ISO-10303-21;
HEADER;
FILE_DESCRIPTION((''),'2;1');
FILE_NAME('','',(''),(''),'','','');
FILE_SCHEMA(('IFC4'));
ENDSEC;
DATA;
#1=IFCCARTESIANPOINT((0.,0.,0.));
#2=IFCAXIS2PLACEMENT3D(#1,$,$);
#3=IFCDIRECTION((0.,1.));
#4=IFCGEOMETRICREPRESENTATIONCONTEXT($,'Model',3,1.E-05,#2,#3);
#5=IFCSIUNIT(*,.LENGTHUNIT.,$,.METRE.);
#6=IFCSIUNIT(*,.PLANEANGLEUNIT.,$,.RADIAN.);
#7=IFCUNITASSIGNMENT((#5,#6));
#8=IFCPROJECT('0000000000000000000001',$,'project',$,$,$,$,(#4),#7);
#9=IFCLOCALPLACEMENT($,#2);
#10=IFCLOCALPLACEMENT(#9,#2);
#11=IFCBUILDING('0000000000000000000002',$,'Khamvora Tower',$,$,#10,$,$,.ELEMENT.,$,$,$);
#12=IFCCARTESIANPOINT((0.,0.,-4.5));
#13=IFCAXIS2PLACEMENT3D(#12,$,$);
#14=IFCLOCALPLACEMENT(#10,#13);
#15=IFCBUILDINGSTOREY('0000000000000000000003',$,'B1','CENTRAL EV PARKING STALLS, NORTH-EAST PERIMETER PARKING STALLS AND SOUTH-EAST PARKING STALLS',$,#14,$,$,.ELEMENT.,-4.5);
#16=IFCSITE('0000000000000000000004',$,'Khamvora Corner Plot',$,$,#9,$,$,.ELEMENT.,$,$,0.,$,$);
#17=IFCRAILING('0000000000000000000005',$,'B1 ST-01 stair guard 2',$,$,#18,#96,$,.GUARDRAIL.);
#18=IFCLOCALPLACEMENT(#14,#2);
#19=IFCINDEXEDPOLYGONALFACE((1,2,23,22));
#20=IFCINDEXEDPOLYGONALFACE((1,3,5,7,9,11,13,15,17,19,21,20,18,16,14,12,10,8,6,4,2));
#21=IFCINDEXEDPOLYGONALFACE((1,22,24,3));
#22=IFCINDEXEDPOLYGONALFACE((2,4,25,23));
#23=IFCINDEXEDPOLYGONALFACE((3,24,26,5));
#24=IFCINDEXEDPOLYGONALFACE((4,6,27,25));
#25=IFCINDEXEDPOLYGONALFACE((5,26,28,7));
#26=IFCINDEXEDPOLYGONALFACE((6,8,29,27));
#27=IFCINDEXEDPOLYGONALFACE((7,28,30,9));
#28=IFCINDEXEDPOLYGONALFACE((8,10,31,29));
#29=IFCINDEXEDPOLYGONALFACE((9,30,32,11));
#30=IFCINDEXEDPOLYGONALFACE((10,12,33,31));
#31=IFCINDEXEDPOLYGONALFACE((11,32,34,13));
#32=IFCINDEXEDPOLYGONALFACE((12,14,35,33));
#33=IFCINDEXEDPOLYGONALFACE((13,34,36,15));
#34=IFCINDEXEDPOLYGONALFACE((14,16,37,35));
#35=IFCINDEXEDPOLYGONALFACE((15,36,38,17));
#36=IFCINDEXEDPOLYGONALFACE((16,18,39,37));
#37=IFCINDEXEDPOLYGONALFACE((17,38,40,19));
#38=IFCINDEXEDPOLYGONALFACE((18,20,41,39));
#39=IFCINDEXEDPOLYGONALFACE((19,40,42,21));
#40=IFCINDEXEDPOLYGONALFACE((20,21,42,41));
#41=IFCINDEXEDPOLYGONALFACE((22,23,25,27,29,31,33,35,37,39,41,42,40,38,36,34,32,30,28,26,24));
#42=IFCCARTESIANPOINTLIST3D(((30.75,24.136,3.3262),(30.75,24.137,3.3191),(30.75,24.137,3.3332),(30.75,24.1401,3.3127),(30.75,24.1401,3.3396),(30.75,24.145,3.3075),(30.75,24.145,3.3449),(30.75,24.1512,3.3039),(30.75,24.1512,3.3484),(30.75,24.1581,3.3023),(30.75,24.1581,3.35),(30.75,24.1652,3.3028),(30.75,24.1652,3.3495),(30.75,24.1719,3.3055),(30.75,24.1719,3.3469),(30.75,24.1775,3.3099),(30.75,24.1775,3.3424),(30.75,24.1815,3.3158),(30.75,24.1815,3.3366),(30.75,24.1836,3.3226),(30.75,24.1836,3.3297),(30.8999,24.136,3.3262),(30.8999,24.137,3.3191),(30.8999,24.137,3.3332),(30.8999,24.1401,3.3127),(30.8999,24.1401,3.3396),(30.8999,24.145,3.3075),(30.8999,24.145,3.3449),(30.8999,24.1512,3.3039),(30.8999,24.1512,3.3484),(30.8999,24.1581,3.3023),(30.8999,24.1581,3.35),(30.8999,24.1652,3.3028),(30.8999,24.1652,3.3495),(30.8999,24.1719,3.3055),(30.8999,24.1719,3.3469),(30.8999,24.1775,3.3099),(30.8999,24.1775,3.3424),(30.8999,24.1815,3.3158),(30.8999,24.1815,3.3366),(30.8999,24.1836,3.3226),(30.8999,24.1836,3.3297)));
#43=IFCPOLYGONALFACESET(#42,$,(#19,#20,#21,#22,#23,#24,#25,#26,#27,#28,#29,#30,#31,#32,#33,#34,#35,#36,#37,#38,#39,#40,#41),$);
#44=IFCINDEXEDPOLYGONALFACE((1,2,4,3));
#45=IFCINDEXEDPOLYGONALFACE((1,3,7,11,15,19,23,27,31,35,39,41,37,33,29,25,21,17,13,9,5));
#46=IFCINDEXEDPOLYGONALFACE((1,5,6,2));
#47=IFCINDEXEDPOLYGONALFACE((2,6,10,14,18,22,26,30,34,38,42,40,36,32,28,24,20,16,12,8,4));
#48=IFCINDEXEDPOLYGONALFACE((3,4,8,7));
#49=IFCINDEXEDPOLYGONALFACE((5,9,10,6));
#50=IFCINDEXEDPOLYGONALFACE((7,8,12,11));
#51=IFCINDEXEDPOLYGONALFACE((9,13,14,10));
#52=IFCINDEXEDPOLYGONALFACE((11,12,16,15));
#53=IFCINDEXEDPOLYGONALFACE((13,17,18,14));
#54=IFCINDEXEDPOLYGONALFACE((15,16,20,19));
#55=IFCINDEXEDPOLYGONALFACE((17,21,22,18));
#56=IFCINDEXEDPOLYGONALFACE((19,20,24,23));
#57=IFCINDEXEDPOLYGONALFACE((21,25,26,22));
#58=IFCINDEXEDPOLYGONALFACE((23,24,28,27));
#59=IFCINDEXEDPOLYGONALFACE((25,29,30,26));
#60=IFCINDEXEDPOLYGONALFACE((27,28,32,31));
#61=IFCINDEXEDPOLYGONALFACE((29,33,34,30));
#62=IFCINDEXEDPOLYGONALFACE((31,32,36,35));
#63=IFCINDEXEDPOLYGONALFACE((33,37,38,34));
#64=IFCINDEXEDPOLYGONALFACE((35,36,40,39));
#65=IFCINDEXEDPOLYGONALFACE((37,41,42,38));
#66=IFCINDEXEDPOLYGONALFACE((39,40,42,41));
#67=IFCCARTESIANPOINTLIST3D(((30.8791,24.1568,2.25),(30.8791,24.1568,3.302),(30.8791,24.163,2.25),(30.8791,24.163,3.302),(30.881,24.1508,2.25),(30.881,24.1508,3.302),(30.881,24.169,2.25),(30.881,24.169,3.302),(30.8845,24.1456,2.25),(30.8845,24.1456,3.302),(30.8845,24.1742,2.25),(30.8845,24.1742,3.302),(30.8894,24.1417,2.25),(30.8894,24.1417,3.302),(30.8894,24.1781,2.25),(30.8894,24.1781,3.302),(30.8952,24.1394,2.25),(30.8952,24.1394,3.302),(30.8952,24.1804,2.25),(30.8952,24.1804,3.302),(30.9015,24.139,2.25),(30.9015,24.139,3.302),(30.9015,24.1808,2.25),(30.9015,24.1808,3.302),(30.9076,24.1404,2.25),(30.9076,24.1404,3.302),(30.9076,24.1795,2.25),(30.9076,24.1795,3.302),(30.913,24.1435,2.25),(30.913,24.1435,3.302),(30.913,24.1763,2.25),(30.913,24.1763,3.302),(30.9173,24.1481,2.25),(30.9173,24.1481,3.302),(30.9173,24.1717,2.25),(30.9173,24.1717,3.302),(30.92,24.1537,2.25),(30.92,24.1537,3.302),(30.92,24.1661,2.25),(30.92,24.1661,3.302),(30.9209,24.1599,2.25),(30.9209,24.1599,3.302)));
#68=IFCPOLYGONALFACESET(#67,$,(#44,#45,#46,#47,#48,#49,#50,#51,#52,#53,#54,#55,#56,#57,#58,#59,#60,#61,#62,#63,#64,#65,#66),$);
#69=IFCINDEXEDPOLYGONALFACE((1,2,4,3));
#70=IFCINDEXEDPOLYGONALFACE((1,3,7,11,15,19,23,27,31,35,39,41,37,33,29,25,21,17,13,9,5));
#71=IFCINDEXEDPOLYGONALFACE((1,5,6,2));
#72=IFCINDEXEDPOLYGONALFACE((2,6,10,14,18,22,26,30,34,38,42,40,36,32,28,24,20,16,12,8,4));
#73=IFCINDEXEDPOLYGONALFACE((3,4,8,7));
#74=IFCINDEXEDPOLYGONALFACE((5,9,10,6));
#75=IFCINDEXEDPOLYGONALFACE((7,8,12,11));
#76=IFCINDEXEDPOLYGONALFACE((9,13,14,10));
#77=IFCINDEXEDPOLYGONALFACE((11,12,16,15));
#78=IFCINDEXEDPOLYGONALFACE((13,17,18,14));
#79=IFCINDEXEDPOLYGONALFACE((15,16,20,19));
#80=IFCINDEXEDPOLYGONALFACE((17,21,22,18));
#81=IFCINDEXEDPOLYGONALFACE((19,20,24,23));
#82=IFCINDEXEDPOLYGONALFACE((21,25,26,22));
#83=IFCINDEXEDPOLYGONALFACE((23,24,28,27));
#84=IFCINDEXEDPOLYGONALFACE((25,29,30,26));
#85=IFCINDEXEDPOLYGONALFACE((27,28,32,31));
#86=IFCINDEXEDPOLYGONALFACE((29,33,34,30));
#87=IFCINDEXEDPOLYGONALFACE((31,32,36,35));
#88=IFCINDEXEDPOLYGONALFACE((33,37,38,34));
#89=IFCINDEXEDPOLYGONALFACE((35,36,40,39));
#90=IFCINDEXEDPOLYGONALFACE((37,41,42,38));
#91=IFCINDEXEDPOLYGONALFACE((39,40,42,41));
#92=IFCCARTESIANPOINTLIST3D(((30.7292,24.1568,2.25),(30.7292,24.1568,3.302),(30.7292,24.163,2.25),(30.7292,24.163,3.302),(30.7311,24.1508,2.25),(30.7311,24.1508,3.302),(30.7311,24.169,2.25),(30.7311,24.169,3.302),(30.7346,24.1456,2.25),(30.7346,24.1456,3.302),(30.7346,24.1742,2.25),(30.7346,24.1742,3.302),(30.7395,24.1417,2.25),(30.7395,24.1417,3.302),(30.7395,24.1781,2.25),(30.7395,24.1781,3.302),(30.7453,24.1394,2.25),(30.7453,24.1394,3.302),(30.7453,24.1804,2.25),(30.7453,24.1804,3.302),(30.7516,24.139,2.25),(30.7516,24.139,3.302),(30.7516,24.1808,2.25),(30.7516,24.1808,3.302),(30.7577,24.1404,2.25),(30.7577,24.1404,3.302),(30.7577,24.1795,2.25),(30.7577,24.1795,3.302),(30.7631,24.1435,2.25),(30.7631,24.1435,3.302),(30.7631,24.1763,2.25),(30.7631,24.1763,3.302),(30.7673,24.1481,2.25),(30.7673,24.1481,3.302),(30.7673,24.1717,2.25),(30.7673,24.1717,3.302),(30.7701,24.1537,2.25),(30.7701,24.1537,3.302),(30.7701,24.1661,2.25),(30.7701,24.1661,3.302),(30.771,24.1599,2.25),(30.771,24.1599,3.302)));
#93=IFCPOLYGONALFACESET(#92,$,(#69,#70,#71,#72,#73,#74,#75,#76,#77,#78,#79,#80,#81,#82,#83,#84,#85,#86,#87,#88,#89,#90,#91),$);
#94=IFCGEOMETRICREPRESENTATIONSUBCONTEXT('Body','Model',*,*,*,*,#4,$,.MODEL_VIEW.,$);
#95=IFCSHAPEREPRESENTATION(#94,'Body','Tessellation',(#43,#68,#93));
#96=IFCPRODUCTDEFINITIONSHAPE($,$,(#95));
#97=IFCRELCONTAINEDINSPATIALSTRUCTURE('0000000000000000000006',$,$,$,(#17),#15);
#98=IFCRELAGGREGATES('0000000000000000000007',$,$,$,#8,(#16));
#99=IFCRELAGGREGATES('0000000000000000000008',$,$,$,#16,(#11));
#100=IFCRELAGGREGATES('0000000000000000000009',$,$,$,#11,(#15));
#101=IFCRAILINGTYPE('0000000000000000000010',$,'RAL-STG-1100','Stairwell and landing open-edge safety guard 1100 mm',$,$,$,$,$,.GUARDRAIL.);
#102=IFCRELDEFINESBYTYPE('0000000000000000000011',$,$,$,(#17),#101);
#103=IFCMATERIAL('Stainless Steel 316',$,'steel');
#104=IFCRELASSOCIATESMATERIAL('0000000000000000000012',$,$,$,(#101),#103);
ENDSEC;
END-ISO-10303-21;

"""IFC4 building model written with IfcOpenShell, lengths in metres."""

from ifc_helpers import new_model, si_unit, direction, frame, origin, origin_2d, place, context, subcontext, project, spatial, circle, extrude, material, type_object, element, save


model = new_model("IFC4")

# Units and contexts
model_context = context("Model", 3, precision=1e-05, world=origin(), true_north=direction((0.0, 1.0)))
body_context = subcontext(model_context, "Body", "Model", "MODEL_VIEW")
ifc_project = project(units=[si_unit("LENGTHUNIT", "METRE"), si_unit("PLANEANGLEUNIT", "RADIAN")], contexts=[model_context])

# Site, building, storey
site_placement = place(None, origin())
site = spatial("IfcSite", under=ifc_project, at=site_placement, Name="Khamvora Corner Plot", CompositionType="ELEMENT", RefElevation=0.0)
building_placement = place(site_placement, origin())
building = spatial("IfcBuilding", under=site, at=building_placement, Name="Khamvora Tower", CompositionType="ELEMENT")
storey_placement = place(building_placement, frame((0.0, 0.0, -4.5)))
storey = spatial("IfcBuildingStorey", under=building, at=storey_placement, Name="B1", Description="CENTRAL EV PARKING STALLS, NORTH-EAST PERIMETER PARKING STALLS AND SOUTH-EAST PARKING STALLS", CompositionType="ELEMENT", Elevation=-4.5)

# Railing
ifc_material_1 = material(Name="Stainless Steel 316", Category="steel")
railing_type_1 = type_object("IfcRailingType", Name="RAL-STG-1100", Description="Stairwell and landing open-edge safety guard 1100 mm", PredefinedType="GUARDRAIL", material=ifc_material_1)
railing_1_placement = place(storey_placement, frame((30.8999, 24.1599, 2.25)))
element("IfcRailing", 1, at=railing_1_placement, inside=storey, type_object=railing_type_1, Name="B1 ST-01 stair guard 2", PredefinedType="GUARDRAIL", context=body_context, shape_type="SweptSolid", body=[
    extrude(circle(Radius=0.0239, at=origin_2d()), frame((0.0, 0.0, 1.0762), z_axis=(-1.0, 0.0, 0.0), x_axis=(0.0, -1.0, 0.0)), (0.0, 0.0, 1.0), 0.1499),
    extrude(circle(Radius=0.021, at=origin_2d()), origin(), (0.0, 0.0, 1.0), 1.052),
    extrude(circle(Radius=0.021, at=origin_2d()), frame((-0.1499, 0.0, 0.0)), (0.0, 0.0, 1.0), 1.052),
])

save(model, "model.ifc")
